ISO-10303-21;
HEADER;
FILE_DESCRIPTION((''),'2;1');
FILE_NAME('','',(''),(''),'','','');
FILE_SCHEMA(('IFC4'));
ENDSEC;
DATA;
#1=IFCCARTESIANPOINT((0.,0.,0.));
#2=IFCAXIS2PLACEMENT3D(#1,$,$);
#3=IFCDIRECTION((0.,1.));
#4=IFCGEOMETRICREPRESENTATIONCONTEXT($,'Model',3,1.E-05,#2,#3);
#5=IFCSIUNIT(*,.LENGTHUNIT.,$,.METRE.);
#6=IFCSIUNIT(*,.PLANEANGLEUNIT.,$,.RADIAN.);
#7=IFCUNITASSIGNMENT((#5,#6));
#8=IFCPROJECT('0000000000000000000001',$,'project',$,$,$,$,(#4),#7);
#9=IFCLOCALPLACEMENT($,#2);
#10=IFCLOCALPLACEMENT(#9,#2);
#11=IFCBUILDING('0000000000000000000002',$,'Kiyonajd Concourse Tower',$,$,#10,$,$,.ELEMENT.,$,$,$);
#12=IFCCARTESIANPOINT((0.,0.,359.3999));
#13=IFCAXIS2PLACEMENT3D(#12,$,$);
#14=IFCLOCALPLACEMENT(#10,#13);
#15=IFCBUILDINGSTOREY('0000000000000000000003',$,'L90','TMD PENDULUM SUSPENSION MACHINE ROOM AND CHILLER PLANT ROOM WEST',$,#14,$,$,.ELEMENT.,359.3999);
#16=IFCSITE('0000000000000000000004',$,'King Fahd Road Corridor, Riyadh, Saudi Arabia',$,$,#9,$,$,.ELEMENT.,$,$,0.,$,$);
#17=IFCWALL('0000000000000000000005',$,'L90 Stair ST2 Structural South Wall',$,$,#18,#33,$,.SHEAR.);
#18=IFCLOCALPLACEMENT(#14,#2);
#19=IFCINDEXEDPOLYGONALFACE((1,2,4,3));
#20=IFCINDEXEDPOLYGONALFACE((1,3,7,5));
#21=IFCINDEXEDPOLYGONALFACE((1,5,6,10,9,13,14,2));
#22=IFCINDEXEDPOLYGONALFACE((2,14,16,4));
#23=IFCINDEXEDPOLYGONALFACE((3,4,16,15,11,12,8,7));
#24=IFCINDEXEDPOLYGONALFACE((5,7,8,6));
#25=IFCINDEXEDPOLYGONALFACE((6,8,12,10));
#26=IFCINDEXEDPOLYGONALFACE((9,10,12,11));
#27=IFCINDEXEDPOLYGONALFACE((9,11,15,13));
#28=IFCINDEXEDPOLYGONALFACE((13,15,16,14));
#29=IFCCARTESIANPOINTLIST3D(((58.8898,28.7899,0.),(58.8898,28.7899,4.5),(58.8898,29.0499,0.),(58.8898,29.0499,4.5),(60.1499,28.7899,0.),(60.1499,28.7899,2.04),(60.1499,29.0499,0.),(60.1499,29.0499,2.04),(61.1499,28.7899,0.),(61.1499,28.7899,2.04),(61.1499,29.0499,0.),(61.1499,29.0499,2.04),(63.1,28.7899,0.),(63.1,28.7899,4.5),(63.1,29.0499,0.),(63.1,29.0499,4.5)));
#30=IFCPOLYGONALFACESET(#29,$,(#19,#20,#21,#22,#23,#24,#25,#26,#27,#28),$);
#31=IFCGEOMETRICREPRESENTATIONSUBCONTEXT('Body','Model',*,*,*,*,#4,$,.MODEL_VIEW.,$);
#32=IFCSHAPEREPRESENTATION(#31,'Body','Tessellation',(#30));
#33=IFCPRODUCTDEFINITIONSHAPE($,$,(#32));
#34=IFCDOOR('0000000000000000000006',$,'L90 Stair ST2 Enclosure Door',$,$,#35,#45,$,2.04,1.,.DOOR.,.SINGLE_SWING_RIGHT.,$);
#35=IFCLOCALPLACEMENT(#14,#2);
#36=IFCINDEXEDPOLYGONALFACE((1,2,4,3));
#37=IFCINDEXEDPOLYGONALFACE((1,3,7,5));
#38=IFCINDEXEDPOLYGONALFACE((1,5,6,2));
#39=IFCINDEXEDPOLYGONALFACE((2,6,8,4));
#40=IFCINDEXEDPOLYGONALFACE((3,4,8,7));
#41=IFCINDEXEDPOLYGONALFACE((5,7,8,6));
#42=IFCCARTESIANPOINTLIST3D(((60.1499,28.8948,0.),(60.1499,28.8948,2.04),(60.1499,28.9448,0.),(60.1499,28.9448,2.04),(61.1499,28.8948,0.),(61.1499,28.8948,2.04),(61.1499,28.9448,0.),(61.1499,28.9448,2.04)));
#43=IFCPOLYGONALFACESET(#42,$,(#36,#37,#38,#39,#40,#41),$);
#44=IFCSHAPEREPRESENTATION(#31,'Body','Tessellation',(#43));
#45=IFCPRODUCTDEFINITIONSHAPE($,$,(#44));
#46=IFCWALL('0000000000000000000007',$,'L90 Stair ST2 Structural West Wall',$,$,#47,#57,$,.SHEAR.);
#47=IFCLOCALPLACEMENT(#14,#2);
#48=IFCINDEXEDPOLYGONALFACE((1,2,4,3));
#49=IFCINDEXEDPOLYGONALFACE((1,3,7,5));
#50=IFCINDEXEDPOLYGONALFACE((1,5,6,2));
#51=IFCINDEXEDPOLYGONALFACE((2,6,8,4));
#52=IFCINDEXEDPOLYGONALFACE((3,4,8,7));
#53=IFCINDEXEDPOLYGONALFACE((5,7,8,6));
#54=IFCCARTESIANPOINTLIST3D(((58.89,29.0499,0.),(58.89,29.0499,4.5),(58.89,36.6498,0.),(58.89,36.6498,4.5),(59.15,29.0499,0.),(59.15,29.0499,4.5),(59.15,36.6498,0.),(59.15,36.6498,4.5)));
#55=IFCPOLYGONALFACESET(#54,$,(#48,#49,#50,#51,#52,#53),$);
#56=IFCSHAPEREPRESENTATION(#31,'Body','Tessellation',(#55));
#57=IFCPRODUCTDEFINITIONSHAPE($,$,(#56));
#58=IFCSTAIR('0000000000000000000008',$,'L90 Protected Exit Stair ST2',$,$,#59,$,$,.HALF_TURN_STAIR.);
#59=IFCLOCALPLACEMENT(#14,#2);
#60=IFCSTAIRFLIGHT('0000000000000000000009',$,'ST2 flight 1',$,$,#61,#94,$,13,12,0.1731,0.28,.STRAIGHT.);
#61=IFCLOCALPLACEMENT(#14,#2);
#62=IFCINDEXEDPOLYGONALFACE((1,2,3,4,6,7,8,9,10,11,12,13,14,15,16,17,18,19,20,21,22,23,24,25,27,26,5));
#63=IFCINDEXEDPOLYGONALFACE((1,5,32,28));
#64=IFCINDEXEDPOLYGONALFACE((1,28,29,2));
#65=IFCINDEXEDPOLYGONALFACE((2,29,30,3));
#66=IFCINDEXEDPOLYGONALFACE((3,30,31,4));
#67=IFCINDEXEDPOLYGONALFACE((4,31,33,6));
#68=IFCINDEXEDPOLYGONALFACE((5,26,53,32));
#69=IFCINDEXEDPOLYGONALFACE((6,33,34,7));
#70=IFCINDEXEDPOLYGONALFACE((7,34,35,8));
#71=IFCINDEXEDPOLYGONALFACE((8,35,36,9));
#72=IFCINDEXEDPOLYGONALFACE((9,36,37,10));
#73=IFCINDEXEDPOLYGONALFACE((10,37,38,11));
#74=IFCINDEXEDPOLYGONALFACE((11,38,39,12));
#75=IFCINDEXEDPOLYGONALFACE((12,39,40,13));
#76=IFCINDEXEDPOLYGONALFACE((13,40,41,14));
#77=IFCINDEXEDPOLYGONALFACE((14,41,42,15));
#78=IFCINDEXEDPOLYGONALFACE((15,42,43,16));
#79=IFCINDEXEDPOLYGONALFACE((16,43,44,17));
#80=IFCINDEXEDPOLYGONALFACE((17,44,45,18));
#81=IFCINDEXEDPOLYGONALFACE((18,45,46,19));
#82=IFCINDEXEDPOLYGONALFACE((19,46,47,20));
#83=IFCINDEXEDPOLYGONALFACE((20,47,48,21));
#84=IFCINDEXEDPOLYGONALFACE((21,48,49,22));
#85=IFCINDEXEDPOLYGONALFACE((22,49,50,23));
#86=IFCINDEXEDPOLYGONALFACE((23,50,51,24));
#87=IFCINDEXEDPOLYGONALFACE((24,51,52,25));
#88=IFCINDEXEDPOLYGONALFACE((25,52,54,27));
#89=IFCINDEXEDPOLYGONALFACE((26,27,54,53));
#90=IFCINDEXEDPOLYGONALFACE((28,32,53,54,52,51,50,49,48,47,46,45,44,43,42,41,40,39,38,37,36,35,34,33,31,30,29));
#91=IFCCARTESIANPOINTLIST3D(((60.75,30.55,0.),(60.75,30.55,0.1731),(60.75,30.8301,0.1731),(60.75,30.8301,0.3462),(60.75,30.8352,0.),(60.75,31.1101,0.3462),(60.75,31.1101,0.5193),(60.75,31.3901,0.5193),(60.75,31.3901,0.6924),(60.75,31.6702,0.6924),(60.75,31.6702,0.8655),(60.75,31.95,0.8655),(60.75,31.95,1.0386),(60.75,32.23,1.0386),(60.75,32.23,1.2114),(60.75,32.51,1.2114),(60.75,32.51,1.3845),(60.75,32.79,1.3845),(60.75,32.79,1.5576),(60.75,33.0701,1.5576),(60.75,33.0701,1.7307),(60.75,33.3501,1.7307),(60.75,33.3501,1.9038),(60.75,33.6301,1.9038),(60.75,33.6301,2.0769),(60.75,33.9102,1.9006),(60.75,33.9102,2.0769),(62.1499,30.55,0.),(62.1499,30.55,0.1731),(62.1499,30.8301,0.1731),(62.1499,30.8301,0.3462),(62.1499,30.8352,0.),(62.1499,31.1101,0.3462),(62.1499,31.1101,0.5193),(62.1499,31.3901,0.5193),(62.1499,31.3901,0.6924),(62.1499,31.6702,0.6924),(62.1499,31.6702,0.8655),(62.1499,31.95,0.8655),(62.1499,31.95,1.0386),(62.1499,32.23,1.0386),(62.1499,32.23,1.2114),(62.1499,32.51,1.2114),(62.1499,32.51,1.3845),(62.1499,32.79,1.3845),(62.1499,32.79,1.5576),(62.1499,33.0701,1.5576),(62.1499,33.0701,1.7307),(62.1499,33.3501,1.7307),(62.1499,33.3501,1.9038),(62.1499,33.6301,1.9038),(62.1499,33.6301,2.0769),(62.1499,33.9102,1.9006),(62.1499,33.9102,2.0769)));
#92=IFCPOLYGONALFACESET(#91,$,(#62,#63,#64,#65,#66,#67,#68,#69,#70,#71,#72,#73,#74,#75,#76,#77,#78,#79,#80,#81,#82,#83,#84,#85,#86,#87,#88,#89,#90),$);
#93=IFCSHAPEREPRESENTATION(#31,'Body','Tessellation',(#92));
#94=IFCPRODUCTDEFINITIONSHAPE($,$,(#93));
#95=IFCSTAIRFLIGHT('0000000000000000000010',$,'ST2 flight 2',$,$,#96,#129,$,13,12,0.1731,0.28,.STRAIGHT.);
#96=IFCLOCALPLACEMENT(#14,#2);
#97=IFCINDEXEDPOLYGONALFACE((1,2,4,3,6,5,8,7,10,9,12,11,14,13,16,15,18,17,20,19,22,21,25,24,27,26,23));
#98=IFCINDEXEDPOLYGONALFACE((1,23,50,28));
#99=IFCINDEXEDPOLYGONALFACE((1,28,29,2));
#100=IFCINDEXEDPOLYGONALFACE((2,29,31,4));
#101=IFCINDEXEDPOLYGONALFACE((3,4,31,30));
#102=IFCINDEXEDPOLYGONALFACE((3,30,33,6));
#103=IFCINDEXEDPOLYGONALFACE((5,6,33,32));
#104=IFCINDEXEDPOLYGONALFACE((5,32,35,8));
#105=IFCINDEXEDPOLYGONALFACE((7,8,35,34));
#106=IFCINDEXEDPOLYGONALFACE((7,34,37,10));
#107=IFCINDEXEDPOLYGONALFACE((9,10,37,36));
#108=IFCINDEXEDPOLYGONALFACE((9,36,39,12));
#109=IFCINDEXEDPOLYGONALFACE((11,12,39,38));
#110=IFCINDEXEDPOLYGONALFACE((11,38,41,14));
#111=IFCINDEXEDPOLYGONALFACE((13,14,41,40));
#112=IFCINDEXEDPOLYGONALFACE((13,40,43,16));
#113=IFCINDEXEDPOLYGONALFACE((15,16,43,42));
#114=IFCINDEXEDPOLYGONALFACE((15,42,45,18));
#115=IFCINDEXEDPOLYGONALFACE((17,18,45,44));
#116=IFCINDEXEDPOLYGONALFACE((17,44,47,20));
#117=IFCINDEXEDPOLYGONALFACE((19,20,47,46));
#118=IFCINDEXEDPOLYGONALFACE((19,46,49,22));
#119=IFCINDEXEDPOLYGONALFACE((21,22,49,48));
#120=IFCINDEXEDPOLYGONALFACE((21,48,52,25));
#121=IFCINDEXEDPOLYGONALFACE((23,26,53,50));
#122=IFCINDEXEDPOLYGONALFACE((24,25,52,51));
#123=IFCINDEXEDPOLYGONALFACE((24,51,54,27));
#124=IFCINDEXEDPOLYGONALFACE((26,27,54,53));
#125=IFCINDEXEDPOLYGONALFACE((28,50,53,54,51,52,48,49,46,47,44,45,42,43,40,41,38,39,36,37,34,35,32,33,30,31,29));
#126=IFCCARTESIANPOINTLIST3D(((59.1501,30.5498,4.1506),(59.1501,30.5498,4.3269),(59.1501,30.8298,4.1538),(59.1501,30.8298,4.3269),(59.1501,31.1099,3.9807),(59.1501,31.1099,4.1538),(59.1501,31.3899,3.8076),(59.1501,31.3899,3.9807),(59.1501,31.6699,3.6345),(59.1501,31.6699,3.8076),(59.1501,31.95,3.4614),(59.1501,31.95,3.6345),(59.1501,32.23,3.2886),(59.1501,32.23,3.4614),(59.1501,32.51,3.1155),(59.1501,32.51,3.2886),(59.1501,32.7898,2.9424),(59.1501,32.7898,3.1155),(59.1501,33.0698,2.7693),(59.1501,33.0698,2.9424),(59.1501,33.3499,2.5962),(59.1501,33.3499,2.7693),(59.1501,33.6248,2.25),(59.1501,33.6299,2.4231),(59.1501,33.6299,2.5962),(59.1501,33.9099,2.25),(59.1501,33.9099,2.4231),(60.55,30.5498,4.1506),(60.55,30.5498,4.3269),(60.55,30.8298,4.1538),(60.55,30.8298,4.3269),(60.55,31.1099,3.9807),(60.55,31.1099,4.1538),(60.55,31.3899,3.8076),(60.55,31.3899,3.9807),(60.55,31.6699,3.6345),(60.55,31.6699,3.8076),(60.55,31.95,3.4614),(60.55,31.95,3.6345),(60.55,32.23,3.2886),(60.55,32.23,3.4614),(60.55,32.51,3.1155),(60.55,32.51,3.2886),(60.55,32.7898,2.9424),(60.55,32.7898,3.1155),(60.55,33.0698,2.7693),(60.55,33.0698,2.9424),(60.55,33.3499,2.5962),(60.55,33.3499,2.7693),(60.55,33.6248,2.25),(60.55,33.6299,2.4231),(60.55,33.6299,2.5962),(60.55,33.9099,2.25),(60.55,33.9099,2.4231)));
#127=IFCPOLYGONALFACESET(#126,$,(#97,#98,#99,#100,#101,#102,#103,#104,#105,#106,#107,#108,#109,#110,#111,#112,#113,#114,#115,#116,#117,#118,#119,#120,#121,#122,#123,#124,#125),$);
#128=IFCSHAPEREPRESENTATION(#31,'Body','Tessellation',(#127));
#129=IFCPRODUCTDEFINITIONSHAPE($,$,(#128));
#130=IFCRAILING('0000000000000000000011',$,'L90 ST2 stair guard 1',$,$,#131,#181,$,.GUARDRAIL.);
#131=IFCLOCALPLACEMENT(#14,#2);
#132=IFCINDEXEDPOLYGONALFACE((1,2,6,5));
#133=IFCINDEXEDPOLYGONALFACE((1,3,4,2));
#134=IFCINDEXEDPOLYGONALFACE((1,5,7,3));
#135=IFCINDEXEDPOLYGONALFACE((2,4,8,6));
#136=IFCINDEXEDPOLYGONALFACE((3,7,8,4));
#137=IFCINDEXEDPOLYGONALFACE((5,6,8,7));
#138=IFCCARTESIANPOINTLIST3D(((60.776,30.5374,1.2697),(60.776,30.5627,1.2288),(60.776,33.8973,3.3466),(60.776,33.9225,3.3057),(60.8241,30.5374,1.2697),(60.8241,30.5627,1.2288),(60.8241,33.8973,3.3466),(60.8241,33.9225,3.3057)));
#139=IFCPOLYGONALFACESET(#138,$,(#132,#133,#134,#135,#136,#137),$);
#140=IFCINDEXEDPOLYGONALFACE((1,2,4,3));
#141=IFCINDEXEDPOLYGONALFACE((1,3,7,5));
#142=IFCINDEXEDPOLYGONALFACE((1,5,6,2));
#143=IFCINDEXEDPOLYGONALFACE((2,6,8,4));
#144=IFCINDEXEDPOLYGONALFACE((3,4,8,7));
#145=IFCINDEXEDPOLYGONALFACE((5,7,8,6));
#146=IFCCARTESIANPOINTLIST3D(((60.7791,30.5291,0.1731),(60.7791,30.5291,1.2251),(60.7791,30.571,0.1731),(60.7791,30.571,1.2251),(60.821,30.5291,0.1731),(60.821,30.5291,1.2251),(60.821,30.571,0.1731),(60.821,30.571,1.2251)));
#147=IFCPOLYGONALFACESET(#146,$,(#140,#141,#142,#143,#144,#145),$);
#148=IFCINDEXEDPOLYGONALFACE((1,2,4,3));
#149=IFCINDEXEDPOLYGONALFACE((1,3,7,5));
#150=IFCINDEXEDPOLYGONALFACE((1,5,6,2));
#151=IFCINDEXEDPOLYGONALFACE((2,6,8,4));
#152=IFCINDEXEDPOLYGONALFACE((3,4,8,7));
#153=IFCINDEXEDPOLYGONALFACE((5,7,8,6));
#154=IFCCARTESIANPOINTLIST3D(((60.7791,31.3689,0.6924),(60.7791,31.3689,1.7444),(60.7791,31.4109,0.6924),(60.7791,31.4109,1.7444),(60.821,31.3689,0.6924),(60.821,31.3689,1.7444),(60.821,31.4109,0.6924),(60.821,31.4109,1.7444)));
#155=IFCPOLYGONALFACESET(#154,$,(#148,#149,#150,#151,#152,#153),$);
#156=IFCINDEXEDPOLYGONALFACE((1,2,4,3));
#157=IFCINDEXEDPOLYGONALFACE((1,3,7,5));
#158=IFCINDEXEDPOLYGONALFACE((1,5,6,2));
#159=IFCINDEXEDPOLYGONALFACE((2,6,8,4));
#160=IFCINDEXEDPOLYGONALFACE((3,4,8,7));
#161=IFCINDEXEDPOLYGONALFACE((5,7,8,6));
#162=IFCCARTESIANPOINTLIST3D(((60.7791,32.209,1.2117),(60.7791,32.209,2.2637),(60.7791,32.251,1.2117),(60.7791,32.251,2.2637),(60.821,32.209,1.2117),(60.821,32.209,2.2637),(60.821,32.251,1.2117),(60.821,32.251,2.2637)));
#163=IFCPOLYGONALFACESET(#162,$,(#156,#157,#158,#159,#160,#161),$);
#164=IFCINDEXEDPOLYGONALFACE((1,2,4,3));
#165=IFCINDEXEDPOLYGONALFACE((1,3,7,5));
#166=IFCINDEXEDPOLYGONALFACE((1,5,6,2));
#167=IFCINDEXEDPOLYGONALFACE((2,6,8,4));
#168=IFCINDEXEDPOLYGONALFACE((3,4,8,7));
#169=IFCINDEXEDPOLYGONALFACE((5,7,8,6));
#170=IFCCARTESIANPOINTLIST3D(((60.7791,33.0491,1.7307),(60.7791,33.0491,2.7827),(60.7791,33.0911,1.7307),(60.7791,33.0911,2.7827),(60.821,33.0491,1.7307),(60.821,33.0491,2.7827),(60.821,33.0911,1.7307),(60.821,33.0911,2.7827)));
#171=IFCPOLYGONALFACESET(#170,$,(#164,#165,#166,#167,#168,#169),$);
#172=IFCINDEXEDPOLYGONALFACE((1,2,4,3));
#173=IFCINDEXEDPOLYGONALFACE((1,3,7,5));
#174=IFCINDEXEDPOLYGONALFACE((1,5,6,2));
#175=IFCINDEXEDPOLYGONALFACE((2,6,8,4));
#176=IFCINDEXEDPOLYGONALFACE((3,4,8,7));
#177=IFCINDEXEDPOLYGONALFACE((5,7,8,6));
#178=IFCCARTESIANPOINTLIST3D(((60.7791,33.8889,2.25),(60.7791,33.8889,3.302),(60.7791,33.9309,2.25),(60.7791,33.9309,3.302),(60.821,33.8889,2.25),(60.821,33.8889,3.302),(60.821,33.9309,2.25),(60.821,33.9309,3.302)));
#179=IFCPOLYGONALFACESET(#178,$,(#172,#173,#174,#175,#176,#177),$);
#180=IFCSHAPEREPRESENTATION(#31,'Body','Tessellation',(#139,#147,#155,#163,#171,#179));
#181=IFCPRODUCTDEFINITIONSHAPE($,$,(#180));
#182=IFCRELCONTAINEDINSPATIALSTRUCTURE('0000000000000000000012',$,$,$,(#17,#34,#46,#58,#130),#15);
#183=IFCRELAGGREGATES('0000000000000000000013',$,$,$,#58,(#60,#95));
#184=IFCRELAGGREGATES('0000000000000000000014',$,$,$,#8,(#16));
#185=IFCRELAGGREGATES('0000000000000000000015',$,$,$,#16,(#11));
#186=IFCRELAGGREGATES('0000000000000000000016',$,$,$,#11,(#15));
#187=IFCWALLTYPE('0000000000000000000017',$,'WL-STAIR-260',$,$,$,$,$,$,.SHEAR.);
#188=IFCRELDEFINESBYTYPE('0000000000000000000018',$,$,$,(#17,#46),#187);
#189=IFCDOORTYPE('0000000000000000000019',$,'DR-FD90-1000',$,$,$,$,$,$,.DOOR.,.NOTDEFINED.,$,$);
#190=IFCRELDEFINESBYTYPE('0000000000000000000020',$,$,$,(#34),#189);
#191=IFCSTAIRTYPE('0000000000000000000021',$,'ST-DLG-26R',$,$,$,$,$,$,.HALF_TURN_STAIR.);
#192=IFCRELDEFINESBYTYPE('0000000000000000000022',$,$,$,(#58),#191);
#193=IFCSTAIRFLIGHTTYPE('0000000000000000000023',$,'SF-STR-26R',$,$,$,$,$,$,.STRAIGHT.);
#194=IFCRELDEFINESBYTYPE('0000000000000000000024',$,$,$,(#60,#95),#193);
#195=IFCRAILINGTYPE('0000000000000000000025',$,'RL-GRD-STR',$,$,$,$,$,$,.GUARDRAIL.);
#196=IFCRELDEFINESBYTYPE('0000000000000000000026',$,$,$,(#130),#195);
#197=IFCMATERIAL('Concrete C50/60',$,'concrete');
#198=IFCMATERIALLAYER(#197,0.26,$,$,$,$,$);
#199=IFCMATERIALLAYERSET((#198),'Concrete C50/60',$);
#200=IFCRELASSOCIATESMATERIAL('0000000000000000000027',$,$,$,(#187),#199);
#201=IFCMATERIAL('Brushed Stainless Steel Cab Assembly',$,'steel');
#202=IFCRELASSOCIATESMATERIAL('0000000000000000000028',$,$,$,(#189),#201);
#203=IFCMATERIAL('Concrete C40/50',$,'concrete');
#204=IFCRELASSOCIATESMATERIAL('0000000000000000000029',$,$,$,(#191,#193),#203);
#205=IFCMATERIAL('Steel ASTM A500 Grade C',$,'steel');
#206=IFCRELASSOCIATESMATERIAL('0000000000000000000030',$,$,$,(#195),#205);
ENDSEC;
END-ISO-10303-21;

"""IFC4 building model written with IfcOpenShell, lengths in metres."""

from ifc_helpers import new_model, si_unit, direction, frame, frame_2d, origin, origin_2d, place, context, subcontext, project, spatial, polyline, rectangle, outline, extrude, material, layer, layer_set, type_object, element, fill, aggregate, save


model = new_model("IFC4")

# Units and contexts
model_context = context("Model", 3, precision=1e-05, world=origin(), true_north=direction((0.0, 1.0)))
body_context = subcontext(model_context, "Body", "Model", "MODEL_VIEW")
ifc_project = project(units=[si_unit("LENGTHUNIT", "METRE"), si_unit("PLANEANGLEUNIT", "RADIAN")], contexts=[model_context])

# Site, building, storey
site_placement = place(None, origin())
site = spatial("IfcSite", under=ifc_project, at=site_placement, Name="King Fahd Road Corridor, Riyadh, Saudi Arabia", CompositionType="ELEMENT", RefElevation=0.0)
building_placement = place(site_placement, origin())
building = spatial("IfcBuilding", under=site, at=building_placement, Name="Kiyonajd Concourse Tower", CompositionType="ELEMENT")
storey_placement = place(building_placement, frame((0.0, 0.0, 359.3999)))
storey = spatial("IfcBuildingStorey", under=building, at=storey_placement, Name="L90", Description="TMD PENDULUM SUSPENSION MACHINE ROOM AND CHILLER PLANT ROOM WEST", CompositionType="ELEMENT", Elevation=359.3999)

# Shared definitions
ifc_material_1 = material(Name="Concrete C50/60", Category="concrete")

# Shared definitions
ifc_material_2 = material(Name="Brushed Stainless Steel Cab Assembly", Category="steel")

# Wall, opening, door
ifc_layer_1 = layer(ifc_material_1, 0.26)
ifc_layer_set_1 = layer_set([ifc_layer_1], Name="Concrete C50/60")
wall_type_1 = type_object("IfcWallType", Name="WL-STAIR-260", PredefinedType="SHEAR", material=ifc_layer_set_1)
wall_1_placement = place(storey_placement, frame((58.8899, 28.9199, 0.0), z_axis=(0.0, 0.0, 1.0), x_axis=(1.0, 0.0, 0.0)))
wall_1 = element("IfcWall", 1, at=wall_1_placement, inside=storey, type_object=wall_type_1, Name="L90 Stair ST2 Structural South Wall", PredefinedType="SHEAR", context=body_context, shape_type="SweptSolid", body=[
    extrude(rectangle(XDim=4.2102, YDim=0.26, at=frame_2d((2.105, 0.0))), origin(), (0.0, 0.0, 1.0), 4.5),
])
opening_1_placement = place(wall_1_placement, frame((1.26, 0.0, 0.0)))
opening_1 = element("IfcOpeningElement", 2, at=opening_1_placement, cuts=wall_1, PredefinedType="OPENING", context=body_context, shape_type="SweptSolid", body=[
    extrude(rectangle(XDim=1.0, YDim=2.04, at=frame_2d((0.5, 1.02))), frame((0.0, 0.1399, 0.0), z_axis=(0.0, -1.0, 0.0), x_axis=(1.0, 0.0, 0.0)), (0.0, 0.0, 1.0), 0.28),
])
door_type_1 = type_object("IfcDoorType", Name="DR-FD90-1000", OperationType="NOTDEFINED", PredefinedType="DOOR", material=ifc_material_2)
door_1_placement = place(opening_1_placement, origin())
door_1 = element("IfcDoor", 3, at=door_1_placement, inside=storey, type_object=door_type_1, Name="L90 Stair ST2 Enclosure Door", OperationType="SINGLE_SWING_RIGHT", OverallHeight=2.04, OverallWidth=1.0, PredefinedType="DOOR", context=body_context, shape_type="SweptSolid", body=[
    extrude(rectangle(XDim=1.0, YDim=2.04, at=frame_2d((0.5, 1.02))), frame((0.0, 0.0249, 0.0), z_axis=(0.0, -1.0, 0.0), x_axis=(1.0, 0.0, 0.0)), (0.0, 0.0, 1.0), 0.05),
])
fill(opening_1, door_1)

# Wall
wall_2_placement = place(storey_placement, frame((59.02, 29.05, 0.0), z_axis=(0.0, 0.0, 1.0), x_axis=(0.0, 1.0, 0.0)))
element("IfcWall", 4, at=wall_2_placement, inside=storey, type_object=wall_type_1, Name="L90 Stair ST2 Structural West Wall", PredefinedType="SHEAR", context=body_context, shape_type="SweptSolid", body=[
    extrude(rectangle(XDim=7.5999, YDim=0.26, at=frame_2d((3.7998, 0.0))), origin(), (0.0, 0.0, 1.0), 4.5),
])

# Stair, stair flights
ifc_material_3 = material(Name="Concrete C40/50", Category="concrete")
stair_type = type_object("IfcStairType", Name="ST-DLG-26R", PredefinedType="HALF_TURN_STAIR", material=ifc_material_3)
stair_placement = place(storey_placement, origin())
stair = element("IfcStair", 5, at=stair_placement, inside=storey, type_object=stair_type, Name="L90 Protected Exit Stair ST2", PredefinedType="HALF_TURN_STAIR")
stair_flight_type = type_object("IfcStairFlightType", Name="SF-STR-26R", PredefinedType="STRAIGHT", material=ifc_material_3)
stair_flight_1_placement = place(storey_placement, frame((61.45, 30.55, 0.0), z_axis=(0.0, 0.0, 1.0), x_axis=(0.0, 1.0, 0.0)))
stair_flight_1 = element("IfcStairFlight", 6, at=stair_flight_1_placement, type_object=stair_flight_type, Name="ST2 flight 1", NumberOfRisers=13, NumberOfTreads=12, PredefinedType="STRAIGHT", RiserHeight=0.1731, TreadLength=0.28, context=body_context, shape_type="SweptSolid", body=[
    extrude(outline(polyline([(0.0, 0.0), (0.0, 0.1731), (0.28, 0.1731), (0.28, 0.3462), (0.5601, 0.3462), (0.5601, 0.5193), (0.8401, 0.5193), (0.8401, 0.6924), (1.1201, 0.6924), (1.1201, 0.8655), (1.3999, 0.8655), (1.3999, 1.0386), (1.6799, 1.0386), (1.6799, 1.2114), (1.96, 1.2114), (1.96, 1.3845), (2.24, 1.3845), (2.24, 1.5576), (2.52, 1.5576), (2.52, 1.7307), (2.8, 1.7307), (2.8, 1.9038), (3.0801, 1.9038), (3.0801, 2.0769), (3.3601, 2.0769), (3.3601, 2.25), (3.3601, 1.9006), (0.2852, 0.0), (0.0, 0.0)])), frame((0.0, 0.7, 0.0), z_axis=(0.0, -1.0, 0.0), x_axis=(1.0, 0.0, 0.0)), (0.0, 0.0, 1.0), 1.3999),
])
stair_flight_2_placement = place(storey_placement, frame((59.8501, 33.9099, 2.25), z_axis=(0.0, 0.0, 1.0), x_axis=(0.0, -1.0, 0.0)))
stair_flight_2 = element("IfcStairFlight", 7, at=stair_flight_2_placement, type_object=stair_flight_type, Name="ST2 flight 2", NumberOfRisers=13, NumberOfTreads=12, PredefinedType="STRAIGHT", RiserHeight=0.1731, TreadLength=0.28, context=body_context, shape_type="SweptSolid", body=[
    extrude(outline(polyline([(0.0, 0.0), (0.0, 0.1731), (0.28, 0.1731), (0.28, 0.3462), (0.5601, 0.3462), (0.5601, 0.5193), (0.8401, 0.5193), (0.8401, 0.6924), (1.1201, 0.6924), (1.1201, 0.8655), (1.3999, 0.8655), (1.3999, 1.0386), (1.6799, 1.0386), (1.6799, 1.2114), (1.96, 1.2114), (1.96, 1.3845), (2.24, 1.3845), (2.24, 1.5576), (2.52, 1.5576), (2.52, 1.7307), (2.8, 1.7307), (2.8, 1.9038), (3.0801, 1.9038), (3.0801, 2.0769), (3.3601, 2.0769), (3.3601, 2.25), (3.3601, 1.9006), (0.2852, 0.0), (0.0, 0.0)])), frame((0.0, 0.7, 0.0), z_axis=(0.0, -1.0, 0.0), x_axis=(1.0, 0.0, 0.0)), (0.0, 0.0, 1.0), 1.3999),
])
aggregate(stair, [stair_flight_1, stair_flight_2])

# Railing
ifc_material_4 = material(Name="Steel ASTM A500 Grade C", Category="steel")
railing_type_1 = type_object("IfcRailingType", Name="RL-GRD-STR", PredefinedType="GUARDRAIL", material=ifc_material_4)
railing_1_placement = place(storey_placement, frame((60.8, 30.55, 0.1731)))
element("IfcRailing", 8, at=railing_1_placement, inside=storey, type_object=railing_type_1, Name="L90 ST2 stair guard 1", PredefinedType="GUARDRAIL", context=body_context, shape_type="SweptSolid", body=[
    extrude(rectangle(XDim=0.0481, YDim=0.0481, at=origin_2d()), frame((0.0, 0.0, 1.0762), z_axis=(0.0, 0.850606, 0.525803), x_axis=(-1.0, 0.0, 0.0)), (0.0, 0.0, 1.0), 3.95),
    extrude(rectangle(XDim=0.042, YDim=0.042, at=origin_2d()), origin(), (0.0, 0.0, 1.0), 1.052),
    extrude(rectangle(XDim=0.042, YDim=0.042, at=origin_2d()), frame((0.0, 0.8398, 0.5193)), (0.0, 0.0, 1.0), 1.052),
    extrude(rectangle(XDim=0.042, YDim=0.042, at=origin_2d()), frame((0.0, 1.6799, 1.0386)), (0.0, 0.0, 1.0), 1.052),
    extrude(rectangle(XDim=0.042, YDim=0.042, at=origin_2d()), frame((0.0, 2.52, 1.5576)), (0.0, 0.0, 1.0), 1.052),
    extrude(rectangle(XDim=0.042, YDim=0.042, at=origin_2d()), frame((0.0, 3.3599, 2.0769)), (0.0, 0.0, 1.0), 1.052),
])

save(model, "model.ifc")
